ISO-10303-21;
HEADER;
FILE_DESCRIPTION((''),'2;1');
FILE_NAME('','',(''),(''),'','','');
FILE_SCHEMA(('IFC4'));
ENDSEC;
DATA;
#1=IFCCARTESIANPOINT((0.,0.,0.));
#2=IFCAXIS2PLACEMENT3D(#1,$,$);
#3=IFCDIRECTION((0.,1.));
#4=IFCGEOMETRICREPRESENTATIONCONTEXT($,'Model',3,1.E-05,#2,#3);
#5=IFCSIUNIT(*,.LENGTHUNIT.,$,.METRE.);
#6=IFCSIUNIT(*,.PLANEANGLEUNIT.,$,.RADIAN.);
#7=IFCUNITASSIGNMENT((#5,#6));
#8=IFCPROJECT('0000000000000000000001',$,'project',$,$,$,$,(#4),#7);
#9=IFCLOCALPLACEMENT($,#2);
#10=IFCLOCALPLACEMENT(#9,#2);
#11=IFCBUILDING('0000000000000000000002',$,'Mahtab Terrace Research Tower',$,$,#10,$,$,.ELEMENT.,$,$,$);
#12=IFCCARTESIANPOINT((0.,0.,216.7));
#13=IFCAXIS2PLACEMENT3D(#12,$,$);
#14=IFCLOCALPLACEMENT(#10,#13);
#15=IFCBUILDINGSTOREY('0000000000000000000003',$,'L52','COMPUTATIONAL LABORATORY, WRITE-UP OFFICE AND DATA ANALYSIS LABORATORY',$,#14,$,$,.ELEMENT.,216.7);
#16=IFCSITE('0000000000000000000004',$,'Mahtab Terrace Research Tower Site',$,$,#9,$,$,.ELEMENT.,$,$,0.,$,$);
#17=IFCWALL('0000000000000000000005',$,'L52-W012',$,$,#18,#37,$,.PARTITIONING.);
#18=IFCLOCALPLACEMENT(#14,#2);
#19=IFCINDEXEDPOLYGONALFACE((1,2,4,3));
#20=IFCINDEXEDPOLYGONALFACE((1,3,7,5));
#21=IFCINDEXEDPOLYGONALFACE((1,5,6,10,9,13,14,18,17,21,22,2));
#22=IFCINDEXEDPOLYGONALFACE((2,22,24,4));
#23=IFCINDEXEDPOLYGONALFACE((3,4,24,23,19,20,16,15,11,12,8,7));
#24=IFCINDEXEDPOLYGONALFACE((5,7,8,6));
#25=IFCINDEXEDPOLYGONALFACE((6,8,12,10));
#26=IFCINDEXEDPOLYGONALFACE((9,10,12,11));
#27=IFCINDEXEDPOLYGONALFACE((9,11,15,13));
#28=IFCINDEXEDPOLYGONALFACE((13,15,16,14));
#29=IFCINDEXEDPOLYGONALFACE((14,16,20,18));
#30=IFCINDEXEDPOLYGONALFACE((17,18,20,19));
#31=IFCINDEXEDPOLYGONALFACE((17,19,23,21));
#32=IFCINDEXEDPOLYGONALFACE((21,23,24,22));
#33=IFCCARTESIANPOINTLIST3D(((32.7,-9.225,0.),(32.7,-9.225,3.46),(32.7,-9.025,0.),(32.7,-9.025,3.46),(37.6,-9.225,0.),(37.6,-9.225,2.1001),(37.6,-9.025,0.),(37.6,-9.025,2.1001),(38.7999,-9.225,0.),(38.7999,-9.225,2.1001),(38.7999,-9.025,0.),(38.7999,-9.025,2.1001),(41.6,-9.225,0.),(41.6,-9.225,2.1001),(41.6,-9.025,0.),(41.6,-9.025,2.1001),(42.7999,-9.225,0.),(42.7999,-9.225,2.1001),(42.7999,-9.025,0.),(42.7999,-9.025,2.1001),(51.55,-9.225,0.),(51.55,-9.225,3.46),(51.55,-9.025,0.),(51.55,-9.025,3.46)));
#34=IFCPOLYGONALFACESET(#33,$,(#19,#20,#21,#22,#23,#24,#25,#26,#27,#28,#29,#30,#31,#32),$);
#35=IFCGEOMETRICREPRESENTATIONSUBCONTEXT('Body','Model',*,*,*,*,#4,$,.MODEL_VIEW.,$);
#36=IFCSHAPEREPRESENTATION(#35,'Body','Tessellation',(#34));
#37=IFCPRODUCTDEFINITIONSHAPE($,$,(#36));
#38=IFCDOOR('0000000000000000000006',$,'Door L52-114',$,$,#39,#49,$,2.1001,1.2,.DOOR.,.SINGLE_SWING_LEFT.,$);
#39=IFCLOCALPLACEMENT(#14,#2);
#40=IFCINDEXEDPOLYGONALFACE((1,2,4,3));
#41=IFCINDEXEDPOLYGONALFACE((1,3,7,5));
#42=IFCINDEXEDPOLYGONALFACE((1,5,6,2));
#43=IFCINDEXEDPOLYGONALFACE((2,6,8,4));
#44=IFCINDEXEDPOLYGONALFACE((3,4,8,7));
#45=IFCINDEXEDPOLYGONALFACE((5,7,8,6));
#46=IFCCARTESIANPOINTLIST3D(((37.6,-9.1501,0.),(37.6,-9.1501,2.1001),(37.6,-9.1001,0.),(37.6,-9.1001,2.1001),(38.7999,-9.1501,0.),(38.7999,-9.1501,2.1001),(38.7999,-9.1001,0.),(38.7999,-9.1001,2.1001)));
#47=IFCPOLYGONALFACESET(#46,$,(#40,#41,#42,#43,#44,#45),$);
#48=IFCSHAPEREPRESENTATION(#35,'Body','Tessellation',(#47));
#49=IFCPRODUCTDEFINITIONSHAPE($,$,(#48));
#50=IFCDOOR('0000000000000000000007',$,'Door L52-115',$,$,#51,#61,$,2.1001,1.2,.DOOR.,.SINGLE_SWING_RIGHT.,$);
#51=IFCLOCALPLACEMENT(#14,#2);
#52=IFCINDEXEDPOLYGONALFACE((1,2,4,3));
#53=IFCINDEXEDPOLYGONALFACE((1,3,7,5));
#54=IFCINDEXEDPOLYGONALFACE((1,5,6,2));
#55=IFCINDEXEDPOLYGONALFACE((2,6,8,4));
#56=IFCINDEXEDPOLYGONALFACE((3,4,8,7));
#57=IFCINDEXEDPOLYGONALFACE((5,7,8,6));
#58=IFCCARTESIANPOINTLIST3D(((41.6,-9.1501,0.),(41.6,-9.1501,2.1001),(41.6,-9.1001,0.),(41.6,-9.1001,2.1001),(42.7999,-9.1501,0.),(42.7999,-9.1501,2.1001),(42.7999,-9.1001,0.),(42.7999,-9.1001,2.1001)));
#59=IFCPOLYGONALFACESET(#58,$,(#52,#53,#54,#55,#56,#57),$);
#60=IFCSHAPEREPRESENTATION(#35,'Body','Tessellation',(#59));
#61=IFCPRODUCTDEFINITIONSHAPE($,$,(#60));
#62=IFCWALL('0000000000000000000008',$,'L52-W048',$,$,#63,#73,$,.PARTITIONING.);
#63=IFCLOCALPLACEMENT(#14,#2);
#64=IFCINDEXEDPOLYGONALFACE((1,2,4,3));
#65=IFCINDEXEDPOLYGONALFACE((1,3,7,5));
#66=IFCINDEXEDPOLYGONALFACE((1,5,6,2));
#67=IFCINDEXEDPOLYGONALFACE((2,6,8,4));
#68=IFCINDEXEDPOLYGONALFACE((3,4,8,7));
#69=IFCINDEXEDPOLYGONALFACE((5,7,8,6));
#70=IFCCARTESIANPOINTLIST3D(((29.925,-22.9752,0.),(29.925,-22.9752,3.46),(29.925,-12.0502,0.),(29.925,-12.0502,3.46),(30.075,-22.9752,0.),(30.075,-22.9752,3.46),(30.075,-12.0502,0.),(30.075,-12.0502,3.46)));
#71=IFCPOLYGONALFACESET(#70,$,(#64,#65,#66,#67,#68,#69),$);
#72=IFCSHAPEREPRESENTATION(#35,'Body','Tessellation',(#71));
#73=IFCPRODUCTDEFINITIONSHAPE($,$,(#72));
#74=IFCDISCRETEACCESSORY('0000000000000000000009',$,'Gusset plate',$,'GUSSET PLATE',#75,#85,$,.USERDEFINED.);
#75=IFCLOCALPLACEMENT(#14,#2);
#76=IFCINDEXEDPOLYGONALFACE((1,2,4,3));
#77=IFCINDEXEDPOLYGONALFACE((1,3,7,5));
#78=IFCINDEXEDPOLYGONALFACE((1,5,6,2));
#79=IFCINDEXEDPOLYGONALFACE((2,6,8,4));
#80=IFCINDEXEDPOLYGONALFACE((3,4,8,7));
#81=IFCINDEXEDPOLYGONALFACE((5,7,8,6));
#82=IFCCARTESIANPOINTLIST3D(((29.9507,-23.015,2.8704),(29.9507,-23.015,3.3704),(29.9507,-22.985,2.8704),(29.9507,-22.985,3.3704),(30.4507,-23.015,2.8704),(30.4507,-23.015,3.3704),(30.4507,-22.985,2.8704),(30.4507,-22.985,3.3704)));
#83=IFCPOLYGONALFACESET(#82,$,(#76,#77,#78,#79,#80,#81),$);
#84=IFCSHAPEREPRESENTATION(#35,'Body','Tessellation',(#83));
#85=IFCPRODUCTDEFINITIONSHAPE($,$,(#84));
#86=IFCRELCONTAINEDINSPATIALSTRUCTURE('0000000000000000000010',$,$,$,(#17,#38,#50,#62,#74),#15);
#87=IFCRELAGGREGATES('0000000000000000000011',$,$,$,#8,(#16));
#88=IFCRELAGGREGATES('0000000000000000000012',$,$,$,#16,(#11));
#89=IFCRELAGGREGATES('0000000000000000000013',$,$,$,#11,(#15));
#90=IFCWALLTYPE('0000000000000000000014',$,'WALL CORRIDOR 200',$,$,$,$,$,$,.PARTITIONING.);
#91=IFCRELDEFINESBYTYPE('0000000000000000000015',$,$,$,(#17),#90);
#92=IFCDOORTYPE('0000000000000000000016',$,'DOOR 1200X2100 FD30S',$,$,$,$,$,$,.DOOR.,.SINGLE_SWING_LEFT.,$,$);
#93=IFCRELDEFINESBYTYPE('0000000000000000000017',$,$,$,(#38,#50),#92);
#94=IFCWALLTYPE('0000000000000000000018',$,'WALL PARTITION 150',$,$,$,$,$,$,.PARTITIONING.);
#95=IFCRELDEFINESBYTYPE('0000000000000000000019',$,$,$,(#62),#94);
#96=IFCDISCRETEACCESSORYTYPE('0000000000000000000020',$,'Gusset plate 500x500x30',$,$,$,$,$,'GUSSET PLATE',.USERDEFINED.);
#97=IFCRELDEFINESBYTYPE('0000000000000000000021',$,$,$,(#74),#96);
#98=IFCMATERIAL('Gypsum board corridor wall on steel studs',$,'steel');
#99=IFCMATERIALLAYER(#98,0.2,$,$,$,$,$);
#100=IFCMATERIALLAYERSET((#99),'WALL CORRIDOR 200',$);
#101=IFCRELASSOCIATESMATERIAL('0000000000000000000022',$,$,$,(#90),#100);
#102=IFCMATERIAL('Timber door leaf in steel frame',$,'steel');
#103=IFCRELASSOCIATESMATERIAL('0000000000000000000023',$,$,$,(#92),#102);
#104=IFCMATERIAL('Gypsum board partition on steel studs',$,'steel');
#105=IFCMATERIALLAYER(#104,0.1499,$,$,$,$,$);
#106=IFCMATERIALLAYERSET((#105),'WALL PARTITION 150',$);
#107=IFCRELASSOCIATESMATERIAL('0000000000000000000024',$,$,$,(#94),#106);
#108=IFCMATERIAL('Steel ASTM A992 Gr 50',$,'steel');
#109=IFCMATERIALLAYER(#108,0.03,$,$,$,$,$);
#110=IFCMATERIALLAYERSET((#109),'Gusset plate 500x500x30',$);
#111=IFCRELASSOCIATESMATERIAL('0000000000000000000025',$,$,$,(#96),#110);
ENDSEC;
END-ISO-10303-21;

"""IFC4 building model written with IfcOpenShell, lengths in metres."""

from ifc_helpers import new_model, si_unit, direction, frame, frame_2d, origin, origin_2d, place, context, subcontext, project, spatial, rectangle, extrude, material, layer, layer_set, type_object, element, fill, save


model = new_model("IFC4")

# Units and contexts
model_context = context("Model", 3, precision=1e-05, world=origin(), true_north=direction((0.0, 1.0)))
body_context = subcontext(model_context, "Body", "Model", "MODEL_VIEW")
ifc_project = project(units=[si_unit("LENGTHUNIT", "METRE"), si_unit("PLANEANGLEUNIT", "RADIAN")], contexts=[model_context])

# Site, building, storey
site_placement = place(None, origin())
site = spatial("IfcSite", under=ifc_project, at=site_placement, Name="Mahtab Terrace Research Tower Site", CompositionType="ELEMENT", RefElevation=0.0)
building_placement = place(site_placement, origin())
building = spatial("IfcBuilding", under=site, at=building_placement, Name="Mahtab Terrace Research Tower", CompositionType="ELEMENT")
storey_placement = place(building_placement, frame((0.0, 0.0, 216.7)))
storey = spatial("IfcBuildingStorey", under=building, at=storey_placement, Name="L52", Description="COMPUTATIONAL LABORATORY, WRITE-UP OFFICE AND DATA ANALYSIS LABORATORY", CompositionType="ELEMENT", Elevation=216.7)

# Shared definitions
ifc_material_1 = material(Name="Steel ASTM A992 Gr 50", Category="steel")

# Wall, openings, doors
ifc_material_2 = material(Name="Gypsum board corridor wall on steel studs", Category="steel")
ifc_layer_1 = layer(ifc_material_2, 0.2)
ifc_layer_set_1 = layer_set([ifc_layer_1], Name="WALL CORRIDOR 200")
wall_type_1 = type_object("IfcWallType", Name="WALL CORRIDOR 200", PredefinedType="PARTITIONING", material=ifc_layer_set_1)
ifc_material_3 = material(Name="Timber door leaf in steel frame", Category="steel")
door_type_1 = type_object("IfcDoorType", Name="DOOR 1200X2100 FD30S", OperationType="SINGLE_SWING_LEFT", PredefinedType="DOOR", material=ifc_material_3)
wall_1_placement = place(storey_placement, frame((32.7, -9.125, 0.0), z_axis=(0.0, 0.0, 1.0), x_axis=(1.0, 0.0, 0.0)))
wall_1 = element("IfcWall", 1, at=wall_1_placement, inside=storey, type_object=wall_type_1, Name="L52-W012", PredefinedType="PARTITIONING", context=body_context, shape_type="SweptSolid", body=[
    extrude(rectangle(XDim=18.8501, YDim=0.2, at=frame_2d((9.425, 0.0))), origin(), (0.0, 0.0, 1.0), 3.46),
])
opening_1_placement = place(wall_1_placement, frame((4.8999, 0.0, 0.0)))
opening_1 = element("IfcOpeningElement", 2, at=opening_1_placement, cuts=wall_1, PredefinedType="OPENING", context=body_context, shape_type="SweptSolid", body=[
    extrude(rectangle(XDim=1.2, YDim=2.1001, at=frame_2d((0.6001, 1.05))), frame((0.0, 0.1099, 0.0), z_axis=(0.0, -1.0, 0.0), x_axis=(1.0, 0.0, 0.0)), (0.0, 0.0, 1.0), 0.22),
])
opening_2_placement = place(wall_1_placement, frame((8.8999, 0.0, 0.0)))
opening_2 = element("IfcOpeningElement", 3, at=opening_2_placement, cuts=wall_1, PredefinedType="OPENING", context=body_context, shape_type="SweptSolid", body=[
    extrude(rectangle(XDim=1.2, YDim=2.1001, at=frame_2d((0.6001, 1.05))), frame((0.0, 0.1099, 0.0), z_axis=(0.0, -1.0, 0.0), x_axis=(1.0, 0.0, 0.0)), (0.0, 0.0, 1.0), 0.22),
])
door_1_placement = place(opening_1_placement, origin())
door_1 = element("IfcDoor", 4, at=door_1_placement, inside=storey, type_object=door_type_1, Name="Door L52-114", OperationType="SINGLE_SWING_LEFT", OverallHeight=2.1001, OverallWidth=1.2, PredefinedType="DOOR", context=body_context, shape_type="SweptSolid", body=[
    extrude(rectangle(XDim=1.2, YDim=2.1001, at=frame_2d((0.6001, 1.05))), frame((0.0, 0.0249, 0.0), z_axis=(0.0, -1.0, 0.0), x_axis=(1.0, 0.0, 0.0)), (0.0, 0.0, 1.0), 0.05),
])
fill(opening_1, door_1)
door_2_placement = place(opening_2_placement, origin())
door_2 = element("IfcDoor", 5, at=door_2_placement, inside=storey, type_object=door_type_1, Name="Door L52-115", OperationType="SINGLE_SWING_RIGHT", OverallHeight=2.1001, OverallWidth=1.2, PredefinedType="DOOR", context=body_context, shape_type="SweptSolid", body=[
    extrude(rectangle(XDim=1.2, YDim=2.1001, at=frame_2d((0.6001, 1.05))), frame((0.0, 0.0249, 0.0), z_axis=(0.0, -1.0, 0.0), x_axis=(1.0, 0.0, 0.0)), (0.0, 0.0, 1.0), 0.05),
])
fill(opening_2, door_2)

# Wall
ifc_material_4 = material(Name="Gypsum board partition on steel studs", Category="steel")
ifc_layer_2 = layer(ifc_material_4, 0.1499)
ifc_layer_set_2 = layer_set([ifc_layer_2], Name="WALL PARTITION 150")
wall_type_2 = type_object("IfcWallType", Name="WALL PARTITION 150", PredefinedType="PARTITIONING", material=ifc_layer_set_2)
wall_2_placement = place(storey_placement, frame((30.0, -22.9751, 0.0), z_axis=(0.0, 0.0, 1.0), x_axis=(0.0, 1.0, 0.0)))
element("IfcWall", 6, at=wall_2_placement, inside=storey, type_object=wall_type_2, Name="L52-W048", PredefinedType="PARTITIONING", context=body_context, shape_type="SweptSolid", body=[
    extrude(rectangle(XDim=10.925, YDim=0.1499, at=frame_2d((5.4624, 0.0))), origin(), (0.0, 0.0, 1.0), 3.46),
])

# Discrete accessory
ifc_layer_3 = layer(ifc_material_1, 0.03)
ifc_layer_set_3 = layer_set([ifc_layer_3], Name="Gusset plate 500x500x30")
discrete_accessory_type = type_object("IfcDiscreteAccessoryType", Name="Gusset plate 500x500x30", ElementType="GUSSET PLATE", PredefinedType="USERDEFINED", material=ifc_layer_set_3)
discrete_accessory_placement = place(storey_placement, frame((30.2007, -23.0, 2.8704), z_axis=(0.0, 0.0, 1.0), x_axis=(1.0, 0.0, 0.0)))
element("IfcDiscreteAccessory", 7, at=discrete_accessory_placement, inside=storey, type_object=discrete_accessory_type, Name="Gusset plate", ObjectType="GUSSET PLATE", PredefinedType="USERDEFINED", context=body_context, shape_type="SweptSolid", body=[
    extrude(rectangle(XDim=0.5, YDim=0.03, at=origin_2d()), origin(), (0.0, 0.0, 1.0), 0.5),
])

save(model, "model.ifc")
